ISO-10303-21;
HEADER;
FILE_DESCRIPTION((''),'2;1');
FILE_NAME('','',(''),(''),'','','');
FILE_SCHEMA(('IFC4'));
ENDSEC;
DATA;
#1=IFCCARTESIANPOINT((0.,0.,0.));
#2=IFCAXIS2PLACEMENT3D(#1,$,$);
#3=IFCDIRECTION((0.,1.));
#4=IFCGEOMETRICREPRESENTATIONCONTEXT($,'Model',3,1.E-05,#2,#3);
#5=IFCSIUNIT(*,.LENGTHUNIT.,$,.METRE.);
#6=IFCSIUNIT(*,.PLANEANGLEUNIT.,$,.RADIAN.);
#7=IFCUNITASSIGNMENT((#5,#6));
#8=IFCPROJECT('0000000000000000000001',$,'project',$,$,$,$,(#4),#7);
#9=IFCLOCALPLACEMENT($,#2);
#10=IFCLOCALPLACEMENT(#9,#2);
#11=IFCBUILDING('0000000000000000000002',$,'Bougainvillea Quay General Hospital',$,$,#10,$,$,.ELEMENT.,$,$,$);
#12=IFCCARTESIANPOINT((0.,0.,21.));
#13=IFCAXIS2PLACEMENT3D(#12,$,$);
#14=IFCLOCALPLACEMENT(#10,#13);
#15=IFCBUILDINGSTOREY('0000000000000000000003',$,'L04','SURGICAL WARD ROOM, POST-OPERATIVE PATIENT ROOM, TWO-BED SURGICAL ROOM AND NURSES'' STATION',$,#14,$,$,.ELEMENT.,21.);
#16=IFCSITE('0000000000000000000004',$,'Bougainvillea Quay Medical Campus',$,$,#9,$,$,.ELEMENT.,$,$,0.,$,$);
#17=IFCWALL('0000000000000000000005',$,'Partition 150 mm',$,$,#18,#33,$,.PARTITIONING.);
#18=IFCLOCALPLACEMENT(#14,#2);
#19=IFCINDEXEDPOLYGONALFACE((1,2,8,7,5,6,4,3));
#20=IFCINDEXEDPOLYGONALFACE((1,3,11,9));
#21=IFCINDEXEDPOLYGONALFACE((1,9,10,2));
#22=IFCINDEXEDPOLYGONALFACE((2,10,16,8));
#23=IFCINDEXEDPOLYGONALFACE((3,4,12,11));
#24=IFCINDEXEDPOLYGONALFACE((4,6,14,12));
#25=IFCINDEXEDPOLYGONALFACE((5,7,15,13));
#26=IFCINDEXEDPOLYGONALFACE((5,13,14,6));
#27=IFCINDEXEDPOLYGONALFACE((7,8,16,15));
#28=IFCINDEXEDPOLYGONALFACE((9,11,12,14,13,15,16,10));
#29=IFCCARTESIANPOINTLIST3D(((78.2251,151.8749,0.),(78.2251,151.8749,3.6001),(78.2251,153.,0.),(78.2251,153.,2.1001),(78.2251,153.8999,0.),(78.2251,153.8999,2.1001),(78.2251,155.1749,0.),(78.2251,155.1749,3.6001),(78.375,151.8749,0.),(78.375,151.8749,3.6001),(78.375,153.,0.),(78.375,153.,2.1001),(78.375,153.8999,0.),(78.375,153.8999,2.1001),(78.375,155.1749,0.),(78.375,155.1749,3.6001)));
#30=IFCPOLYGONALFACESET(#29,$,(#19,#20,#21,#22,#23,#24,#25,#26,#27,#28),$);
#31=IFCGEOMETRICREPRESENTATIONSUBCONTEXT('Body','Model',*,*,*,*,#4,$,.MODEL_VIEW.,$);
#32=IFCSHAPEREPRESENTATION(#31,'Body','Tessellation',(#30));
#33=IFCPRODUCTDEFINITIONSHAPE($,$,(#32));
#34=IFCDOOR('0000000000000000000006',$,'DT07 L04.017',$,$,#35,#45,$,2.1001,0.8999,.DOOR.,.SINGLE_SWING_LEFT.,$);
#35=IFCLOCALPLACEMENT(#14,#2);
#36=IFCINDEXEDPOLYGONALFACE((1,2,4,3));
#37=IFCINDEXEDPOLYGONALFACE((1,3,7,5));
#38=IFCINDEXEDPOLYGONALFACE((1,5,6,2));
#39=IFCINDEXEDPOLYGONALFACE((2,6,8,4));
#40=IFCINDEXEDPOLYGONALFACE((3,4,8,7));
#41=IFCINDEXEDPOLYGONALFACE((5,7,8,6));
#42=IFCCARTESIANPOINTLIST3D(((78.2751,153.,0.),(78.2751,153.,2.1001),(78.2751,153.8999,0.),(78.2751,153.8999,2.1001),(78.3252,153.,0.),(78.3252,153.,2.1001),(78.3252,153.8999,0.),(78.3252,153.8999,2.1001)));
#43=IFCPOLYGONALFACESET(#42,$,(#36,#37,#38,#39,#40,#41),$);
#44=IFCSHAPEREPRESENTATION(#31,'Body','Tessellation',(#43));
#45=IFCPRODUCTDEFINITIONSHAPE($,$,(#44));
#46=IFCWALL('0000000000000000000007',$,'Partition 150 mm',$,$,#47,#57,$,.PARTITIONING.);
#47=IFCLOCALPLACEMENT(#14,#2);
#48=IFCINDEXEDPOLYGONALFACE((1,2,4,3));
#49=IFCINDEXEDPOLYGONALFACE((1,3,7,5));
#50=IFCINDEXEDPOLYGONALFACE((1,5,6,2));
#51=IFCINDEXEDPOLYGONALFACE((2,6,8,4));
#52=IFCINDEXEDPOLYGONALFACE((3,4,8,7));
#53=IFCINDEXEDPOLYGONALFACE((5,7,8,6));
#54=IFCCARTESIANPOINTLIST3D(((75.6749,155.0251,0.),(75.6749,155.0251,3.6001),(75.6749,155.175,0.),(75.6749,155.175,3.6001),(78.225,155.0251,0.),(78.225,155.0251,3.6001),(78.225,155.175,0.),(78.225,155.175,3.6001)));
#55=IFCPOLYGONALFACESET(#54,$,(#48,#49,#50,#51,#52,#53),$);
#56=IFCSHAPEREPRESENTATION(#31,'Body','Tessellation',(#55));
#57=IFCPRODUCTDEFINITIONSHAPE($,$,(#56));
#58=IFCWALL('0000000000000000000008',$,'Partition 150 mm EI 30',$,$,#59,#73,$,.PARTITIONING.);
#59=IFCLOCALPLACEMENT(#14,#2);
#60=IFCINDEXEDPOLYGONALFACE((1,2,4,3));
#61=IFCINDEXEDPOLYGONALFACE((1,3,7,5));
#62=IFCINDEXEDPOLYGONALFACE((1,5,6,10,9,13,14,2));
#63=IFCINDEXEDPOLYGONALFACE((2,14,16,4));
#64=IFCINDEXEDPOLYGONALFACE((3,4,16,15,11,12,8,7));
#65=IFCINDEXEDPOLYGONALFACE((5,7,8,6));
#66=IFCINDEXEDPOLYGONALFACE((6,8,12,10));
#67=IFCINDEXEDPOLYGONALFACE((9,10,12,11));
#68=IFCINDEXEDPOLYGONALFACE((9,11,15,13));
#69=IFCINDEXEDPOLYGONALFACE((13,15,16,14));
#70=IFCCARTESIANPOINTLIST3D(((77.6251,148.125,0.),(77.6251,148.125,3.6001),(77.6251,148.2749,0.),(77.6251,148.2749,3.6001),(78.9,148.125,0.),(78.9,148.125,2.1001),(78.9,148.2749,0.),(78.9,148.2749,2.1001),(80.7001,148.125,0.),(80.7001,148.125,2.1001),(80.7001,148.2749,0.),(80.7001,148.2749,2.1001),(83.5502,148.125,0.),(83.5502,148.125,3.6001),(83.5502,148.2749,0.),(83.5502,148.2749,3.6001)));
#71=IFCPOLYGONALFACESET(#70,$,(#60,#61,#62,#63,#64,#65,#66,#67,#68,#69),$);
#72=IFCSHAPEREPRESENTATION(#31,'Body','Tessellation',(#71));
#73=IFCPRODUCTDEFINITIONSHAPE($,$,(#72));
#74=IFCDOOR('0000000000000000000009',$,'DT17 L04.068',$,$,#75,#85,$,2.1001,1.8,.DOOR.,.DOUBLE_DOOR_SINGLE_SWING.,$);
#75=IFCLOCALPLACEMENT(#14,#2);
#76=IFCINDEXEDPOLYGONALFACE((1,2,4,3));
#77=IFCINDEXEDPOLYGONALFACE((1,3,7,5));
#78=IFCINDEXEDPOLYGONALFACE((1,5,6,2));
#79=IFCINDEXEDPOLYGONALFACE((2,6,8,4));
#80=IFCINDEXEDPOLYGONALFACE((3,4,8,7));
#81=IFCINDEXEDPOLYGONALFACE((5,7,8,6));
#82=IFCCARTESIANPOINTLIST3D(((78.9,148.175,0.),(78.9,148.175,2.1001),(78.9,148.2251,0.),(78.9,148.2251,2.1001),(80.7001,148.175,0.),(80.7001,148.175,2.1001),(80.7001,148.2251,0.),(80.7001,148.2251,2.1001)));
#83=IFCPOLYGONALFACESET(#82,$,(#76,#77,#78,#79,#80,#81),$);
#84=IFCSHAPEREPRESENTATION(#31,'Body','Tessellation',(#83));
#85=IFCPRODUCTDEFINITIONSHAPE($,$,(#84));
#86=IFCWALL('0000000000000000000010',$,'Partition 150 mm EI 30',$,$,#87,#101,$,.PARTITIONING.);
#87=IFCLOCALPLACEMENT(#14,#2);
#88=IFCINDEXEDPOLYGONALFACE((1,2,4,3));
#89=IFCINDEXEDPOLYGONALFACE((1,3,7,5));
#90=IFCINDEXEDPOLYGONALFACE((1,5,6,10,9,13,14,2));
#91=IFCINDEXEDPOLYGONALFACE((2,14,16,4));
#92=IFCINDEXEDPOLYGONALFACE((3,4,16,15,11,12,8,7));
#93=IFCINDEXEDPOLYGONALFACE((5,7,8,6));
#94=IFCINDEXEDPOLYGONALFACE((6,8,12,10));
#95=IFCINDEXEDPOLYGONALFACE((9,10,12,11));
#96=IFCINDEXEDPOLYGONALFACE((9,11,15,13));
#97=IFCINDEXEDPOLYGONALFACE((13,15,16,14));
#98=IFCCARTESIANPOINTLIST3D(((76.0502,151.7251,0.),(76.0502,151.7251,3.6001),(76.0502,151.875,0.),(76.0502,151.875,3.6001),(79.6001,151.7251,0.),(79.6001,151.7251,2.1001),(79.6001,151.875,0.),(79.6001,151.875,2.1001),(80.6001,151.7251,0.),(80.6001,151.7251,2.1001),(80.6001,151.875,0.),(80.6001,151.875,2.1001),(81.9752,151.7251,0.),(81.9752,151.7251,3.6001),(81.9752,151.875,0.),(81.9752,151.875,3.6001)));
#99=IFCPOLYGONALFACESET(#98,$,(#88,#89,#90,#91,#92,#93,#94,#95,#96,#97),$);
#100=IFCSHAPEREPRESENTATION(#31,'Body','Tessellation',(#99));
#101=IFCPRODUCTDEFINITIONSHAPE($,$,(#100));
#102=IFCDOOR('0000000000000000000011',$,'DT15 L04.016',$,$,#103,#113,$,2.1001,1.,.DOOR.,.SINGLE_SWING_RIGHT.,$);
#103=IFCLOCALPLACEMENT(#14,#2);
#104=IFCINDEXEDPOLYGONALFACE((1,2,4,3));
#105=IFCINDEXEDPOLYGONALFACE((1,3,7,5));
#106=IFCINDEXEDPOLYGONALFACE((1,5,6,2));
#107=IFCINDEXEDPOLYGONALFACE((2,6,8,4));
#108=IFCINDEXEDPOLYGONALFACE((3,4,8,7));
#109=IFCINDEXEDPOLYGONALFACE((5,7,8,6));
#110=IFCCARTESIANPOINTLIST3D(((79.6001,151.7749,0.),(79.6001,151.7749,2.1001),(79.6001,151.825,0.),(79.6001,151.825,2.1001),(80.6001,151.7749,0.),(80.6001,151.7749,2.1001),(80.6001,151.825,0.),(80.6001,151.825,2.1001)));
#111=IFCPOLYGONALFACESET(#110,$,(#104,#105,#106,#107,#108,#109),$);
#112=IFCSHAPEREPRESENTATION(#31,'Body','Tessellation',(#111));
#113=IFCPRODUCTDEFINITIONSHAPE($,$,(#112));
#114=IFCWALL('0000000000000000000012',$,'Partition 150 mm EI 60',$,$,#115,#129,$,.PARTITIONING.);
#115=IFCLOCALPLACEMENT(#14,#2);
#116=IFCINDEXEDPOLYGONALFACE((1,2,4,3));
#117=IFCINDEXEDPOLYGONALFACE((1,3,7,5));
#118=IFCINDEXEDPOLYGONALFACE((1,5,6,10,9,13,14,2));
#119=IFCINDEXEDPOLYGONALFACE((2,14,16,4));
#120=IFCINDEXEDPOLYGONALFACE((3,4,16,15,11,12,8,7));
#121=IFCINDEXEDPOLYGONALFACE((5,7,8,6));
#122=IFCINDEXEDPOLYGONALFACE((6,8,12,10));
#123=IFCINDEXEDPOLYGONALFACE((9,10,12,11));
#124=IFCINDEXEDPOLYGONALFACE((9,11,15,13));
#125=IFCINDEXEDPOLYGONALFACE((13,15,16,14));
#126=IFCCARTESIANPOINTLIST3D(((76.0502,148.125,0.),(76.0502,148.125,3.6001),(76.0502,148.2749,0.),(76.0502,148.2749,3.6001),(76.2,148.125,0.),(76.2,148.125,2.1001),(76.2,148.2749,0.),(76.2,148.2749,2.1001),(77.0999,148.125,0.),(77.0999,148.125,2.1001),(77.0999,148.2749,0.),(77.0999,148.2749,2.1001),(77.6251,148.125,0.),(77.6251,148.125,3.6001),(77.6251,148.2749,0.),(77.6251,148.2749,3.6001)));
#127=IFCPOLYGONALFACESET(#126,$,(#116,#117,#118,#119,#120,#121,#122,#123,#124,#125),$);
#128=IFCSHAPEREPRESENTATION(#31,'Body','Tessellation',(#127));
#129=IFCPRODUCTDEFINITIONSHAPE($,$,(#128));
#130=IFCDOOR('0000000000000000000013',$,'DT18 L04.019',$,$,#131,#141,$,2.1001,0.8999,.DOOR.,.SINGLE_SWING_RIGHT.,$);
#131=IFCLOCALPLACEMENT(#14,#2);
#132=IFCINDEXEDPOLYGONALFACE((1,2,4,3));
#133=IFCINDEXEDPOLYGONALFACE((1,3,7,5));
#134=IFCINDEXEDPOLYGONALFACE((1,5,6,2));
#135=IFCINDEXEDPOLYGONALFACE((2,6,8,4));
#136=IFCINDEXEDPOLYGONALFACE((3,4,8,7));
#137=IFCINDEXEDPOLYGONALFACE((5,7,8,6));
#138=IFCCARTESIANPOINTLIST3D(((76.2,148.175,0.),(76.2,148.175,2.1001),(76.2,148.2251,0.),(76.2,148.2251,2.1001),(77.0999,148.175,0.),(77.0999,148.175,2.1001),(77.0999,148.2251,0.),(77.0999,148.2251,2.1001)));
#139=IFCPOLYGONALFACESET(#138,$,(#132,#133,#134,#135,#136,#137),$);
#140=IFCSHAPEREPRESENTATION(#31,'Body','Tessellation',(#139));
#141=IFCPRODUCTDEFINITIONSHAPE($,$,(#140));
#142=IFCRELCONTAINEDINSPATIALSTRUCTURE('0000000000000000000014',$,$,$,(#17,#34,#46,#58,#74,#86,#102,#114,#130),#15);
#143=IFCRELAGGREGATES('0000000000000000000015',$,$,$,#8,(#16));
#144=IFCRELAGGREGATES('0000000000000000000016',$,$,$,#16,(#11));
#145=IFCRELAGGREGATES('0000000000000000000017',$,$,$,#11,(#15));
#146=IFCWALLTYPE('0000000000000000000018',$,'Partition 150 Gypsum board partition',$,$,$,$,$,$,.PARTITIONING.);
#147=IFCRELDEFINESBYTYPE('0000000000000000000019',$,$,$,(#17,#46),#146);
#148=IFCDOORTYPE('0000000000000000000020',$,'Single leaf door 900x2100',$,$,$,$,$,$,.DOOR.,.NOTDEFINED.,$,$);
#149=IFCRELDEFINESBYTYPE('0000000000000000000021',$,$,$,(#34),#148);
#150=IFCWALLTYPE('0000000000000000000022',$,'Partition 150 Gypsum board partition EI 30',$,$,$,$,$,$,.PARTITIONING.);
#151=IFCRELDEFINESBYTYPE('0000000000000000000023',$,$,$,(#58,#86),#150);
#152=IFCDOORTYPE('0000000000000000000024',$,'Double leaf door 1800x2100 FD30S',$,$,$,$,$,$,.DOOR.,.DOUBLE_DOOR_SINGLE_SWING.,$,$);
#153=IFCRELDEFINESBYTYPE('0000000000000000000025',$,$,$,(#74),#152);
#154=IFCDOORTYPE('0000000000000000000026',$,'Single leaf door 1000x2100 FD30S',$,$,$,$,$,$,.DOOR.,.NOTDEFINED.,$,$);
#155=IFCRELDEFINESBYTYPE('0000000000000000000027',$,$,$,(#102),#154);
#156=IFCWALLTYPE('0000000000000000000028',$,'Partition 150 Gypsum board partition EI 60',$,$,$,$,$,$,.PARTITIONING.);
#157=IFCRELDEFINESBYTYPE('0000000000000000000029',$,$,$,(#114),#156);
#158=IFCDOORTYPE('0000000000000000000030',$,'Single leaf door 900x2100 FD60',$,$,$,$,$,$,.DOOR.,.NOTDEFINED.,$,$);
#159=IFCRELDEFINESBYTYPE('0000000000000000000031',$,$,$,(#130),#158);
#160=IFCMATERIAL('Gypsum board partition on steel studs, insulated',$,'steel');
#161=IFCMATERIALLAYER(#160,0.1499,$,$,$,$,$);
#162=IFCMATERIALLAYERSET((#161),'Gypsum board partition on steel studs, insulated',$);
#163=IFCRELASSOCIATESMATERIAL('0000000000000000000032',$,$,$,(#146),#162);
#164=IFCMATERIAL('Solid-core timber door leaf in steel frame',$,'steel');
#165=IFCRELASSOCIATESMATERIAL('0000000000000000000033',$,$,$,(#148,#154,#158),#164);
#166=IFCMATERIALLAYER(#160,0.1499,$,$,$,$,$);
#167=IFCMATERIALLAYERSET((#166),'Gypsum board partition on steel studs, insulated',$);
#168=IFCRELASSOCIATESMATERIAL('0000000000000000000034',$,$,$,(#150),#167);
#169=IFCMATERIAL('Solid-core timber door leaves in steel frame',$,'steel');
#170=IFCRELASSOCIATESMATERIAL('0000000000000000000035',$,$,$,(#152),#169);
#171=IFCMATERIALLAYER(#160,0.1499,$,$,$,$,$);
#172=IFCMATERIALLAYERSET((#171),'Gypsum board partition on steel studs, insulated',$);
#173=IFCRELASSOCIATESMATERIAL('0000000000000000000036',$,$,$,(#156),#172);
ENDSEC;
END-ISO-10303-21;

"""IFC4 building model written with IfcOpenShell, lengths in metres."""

from ifc_helpers import new_model, si_unit, direction, frame, frame_2d, origin, place, context, subcontext, project, spatial, rectangle, extrude, material, layer, layer_set, type_object, element, fill, save


model = new_model("IFC4")

# Units and contexts
model_context = context("Model", 3, precision=1e-05, world=origin(), true_north=direction((0.0, 1.0)))
body_context = subcontext(model_context, "Body", "Model", "MODEL_VIEW")
ifc_project = project(units=[si_unit("LENGTHUNIT", "METRE"), si_unit("PLANEANGLEUNIT", "RADIAN")], contexts=[model_context])

# Site, building, storey
site_placement = place(None, origin())
site = spatial("IfcSite", under=ifc_project, at=site_placement, Name="Bougainvillea Quay Medical Campus", CompositionType="ELEMENT", RefElevation=0.0)
building_placement = place(site_placement, origin())
building = spatial("IfcBuilding", under=site, at=building_placement, Name="Bougainvillea Quay General Hospital", CompositionType="ELEMENT")
storey_placement = place(building_placement, frame((0.0, 0.0, 21.0)))
storey = spatial("IfcBuildingStorey", under=building, at=storey_placement, Name="L04", Description="SURGICAL WARD ROOM, POST-OPERATIVE PATIENT ROOM, TWO-BED SURGICAL ROOM AND NURSES' STATION", CompositionType="ELEMENT", Elevation=21.0)

# Shared definitions
ifc_material_1 = material(Name="Gypsum board partition on steel studs, insulated", Category="steel")
ifc_layer_1 = layer(ifc_material_1, 0.1499)
ifc_layer_set_1 = layer_set([ifc_layer_1], Name="Gypsum board partition on steel studs, insulated")
wall_type_1 = type_object("IfcWallType", Name="Partition 150 Gypsum board partition", PredefinedType="PARTITIONING", material=ifc_layer_set_1)

# Wall, opening, door
wall_1_placement = place(storey_placement, frame((78.3, 151.875, 0.0), z_axis=(0.0, 0.0, 1.0), x_axis=(0.0, 1.0, 0.0)))
wall_1 = element("IfcWall", 1, at=wall_1_placement, inside=storey, type_object=wall_type_1, Name="Partition 150 mm", PredefinedType="PARTITIONING", context=body_context, shape_type="SweptSolid", body=[
    extrude(rectangle(XDim=3.3, YDim=0.1499, at=frame_2d((1.6499, 0.0))), origin(), (0.0, 0.0, 1.0), 3.6001),
])
opening_1_placement = place(wall_1_placement, frame((1.125, 0.0, 0.0)))
opening_1 = element("IfcOpeningElement", 2, at=opening_1_placement, cuts=wall_1, PredefinedType="OPENING", context=body_context, shape_type="SweptSolid", body=[
    extrude(rectangle(XDim=0.8999, YDim=2.1001, at=frame_2d((0.45, 1.05))), frame((0.0, 0.085, 0.0), z_axis=(0.0, -1.0, 0.0), x_axis=(1.0, 0.0, 0.0)), (0.0, 0.0, 1.0), 0.1699),
])
ifc_material_2 = material(Name="Solid-core timber door leaf in steel frame", Category="steel")
door_type_1 = type_object("IfcDoorType", Name="Single leaf door 900x2100", OperationType="NOTDEFINED", PredefinedType="DOOR", material=ifc_material_2)
door_1_placement = place(opening_1_placement, origin())
door_1 = element("IfcDoor", 3, at=door_1_placement, inside=storey, type_object=door_type_1, Name="DT07 L04.017", OperationType="SINGLE_SWING_LEFT", OverallHeight=2.1001, OverallWidth=0.8999, PredefinedType="DOOR", context=body_context, shape_type="SweptSolid", body=[
    extrude(rectangle(XDim=0.8999, YDim=2.1001, at=frame_2d((0.45, 1.05))), frame((0.0, 0.0249, 0.0), z_axis=(0.0, -1.0, 0.0), x_axis=(1.0, 0.0, 0.0)), (0.0, 0.0, 1.0), 0.05),
])
fill(opening_1, door_1)

# Wall
wall_2_placement = place(storey_placement, frame((75.675, 155.1001, 0.0), z_axis=(0.0, 0.0, 1.0), x_axis=(1.0, 0.0, 0.0)))
element("IfcWall", 4, at=wall_2_placement, inside=storey, type_object=wall_type_1, Name="Partition 150 mm", PredefinedType="PARTITIONING", context=body_context, shape_type="SweptSolid", body=[
    extrude(rectangle(XDim=2.55, YDim=0.1499, at=frame_2d((1.2749, 0.0))), origin(), (0.0, 0.0, 1.0), 3.6001),
])

# Walls, openings, doors
ifc_layer_2 = layer(ifc_material_1, 0.1499)
ifc_layer_set_2 = layer_set([ifc_layer_2], Name="Gypsum board partition on steel studs, insulated")
wall_type_2 = type_object("IfcWallType", Name="Partition 150 Gypsum board partition EI 30", PredefinedType="PARTITIONING", material=ifc_layer_set_2)
wall_3_placement = place(storey_placement, frame((83.55, 148.2, 0.0), z_axis=(0.0, 0.0, 1.0), x_axis=(-1.0, 0.0, 0.0)))
wall_3 = element("IfcWall", 5, at=wall_3_placement, inside=storey, type_object=wall_type_2, Name="Partition 150 mm EI 30", PredefinedType="PARTITIONING", context=body_context, shape_type="SweptSolid", body=[
    extrude(rectangle(XDim=5.925, YDim=0.1499, at=frame_2d((2.9624, 0.0))), origin(), (0.0, 0.0, 1.0), 3.6001),
])
opening_2_placement = place(wall_3_placement, frame((2.8501, 0.0, 0.0)))
opening_2 = element("IfcOpeningElement", 6, at=opening_2_placement, cuts=wall_3, PredefinedType="OPENING", context=body_context, shape_type="SweptSolid", body=[
    extrude(rectangle(XDim=1.8, YDim=2.1001, at=frame_2d((0.8999, 1.05))), frame((0.0, 0.085, 0.0), z_axis=(0.0, -1.0, 0.0), x_axis=(1.0, 0.0, 0.0)), (0.0, 0.0, 1.0), 0.1699),
])
ifc_material_3 = material(Name="Solid-core timber door leaves in steel frame", Category="steel")
door_type_2 = type_object("IfcDoorType", Name="Double leaf door 1800x2100 FD30S", OperationType="DOUBLE_DOOR_SINGLE_SWING", PredefinedType="DOOR", material=ifc_material_3)
door_2_placement = place(opening_2_placement, origin())
door_2 = element("IfcDoor", 7, at=door_2_placement, inside=storey, type_object=door_type_2, Name="DT17 L04.068", OperationType="DOUBLE_DOOR_SINGLE_SWING", OverallHeight=2.1001, OverallWidth=1.8, PredefinedType="DOOR", context=body_context, shape_type="SweptSolid", body=[
    extrude(rectangle(XDim=1.8, YDim=2.1001, at=frame_2d((0.8999, 1.05))), frame((0.0, 0.0249, 0.0), z_axis=(0.0, -1.0, 0.0), x_axis=(1.0, 0.0, 0.0)), (0.0, 0.0, 1.0), 0.05),
])
fill(opening_2, door_2)
wall_4_placement = place(storey_placement, frame((81.9751, 151.8, 0.0), z_axis=(0.0, 0.0, 1.0), x_axis=(-1.0, 0.0, 0.0)))
wall_4 = element("IfcWall", 8, at=wall_4_placement, inside=storey, type_object=wall_type_2, Name="Partition 150 mm EI 30", PredefinedType="PARTITIONING", context=body_context, shape_type="SweptSolid", body=[
    extrude(rectangle(XDim=5.925, YDim=0.1499, at=frame_2d((2.9624, 0.0))), origin(), (0.0, 0.0, 1.0), 3.6001),
])
opening_3_placement = place(wall_4_placement, frame((1.375, 0.0, 0.0)))
opening_3 = element("IfcOpeningElement", 9, at=opening_3_placement, cuts=wall_4, PredefinedType="OPENING", context=body_context, shape_type="SweptSolid", body=[
    extrude(rectangle(XDim=1.0, YDim=2.1001, at=frame_2d((0.5, 1.05))), frame((0.0, 0.085, 0.0), z_axis=(0.0, -1.0, 0.0), x_axis=(1.0, 0.0, 0.0)), (0.0, 0.0, 1.0), 0.1699),
])
door_type_3 = type_object("IfcDoorType", Name="Single leaf door 1000x2100 FD30S", OperationType="NOTDEFINED", PredefinedType="DOOR", material=ifc_material_2)
door_3_placement = place(opening_3_placement, frame((1.0, 0.0, 0.0), z_axis=(0.0, 0.0, 1.0), x_axis=(-1.0, 0.0, 0.0)))
door_3 = element("IfcDoor", 10, at=door_3_placement, inside=storey, type_object=door_type_3, Name="DT15 L04.016", OperationType="SINGLE_SWING_RIGHT", OverallHeight=2.1001, OverallWidth=1.0, PredefinedType="DOOR", context=body_context, shape_type="SweptSolid", body=[
    extrude(rectangle(XDim=1.0, YDim=2.1001, at=frame_2d((0.5, 1.05))), frame((0.0, 0.0249, 0.0), z_axis=(0.0, -1.0, 0.0), x_axis=(1.0, 0.0, 0.0)), (0.0, 0.0, 1.0), 0.05),
])
fill(opening_3, door_3)
ifc_layer_3 = layer(ifc_material_1, 0.1499)
ifc_layer_set_3 = layer_set([ifc_layer_3], Name="Gypsum board partition on steel studs, insulated")
wall_type_3 = type_object("IfcWallType", Name="Partition 150 Gypsum board partition EI 60", PredefinedType="PARTITIONING", material=ifc_layer_set_3)
wall_5_placement = place(storey_placement, frame((76.05, 148.2, 0.0), z_axis=(0.0, 0.0, 1.0), x_axis=(1.0, 0.0, 0.0)))
wall_5 = element("IfcWall", 11, at=wall_5_placement, inside=storey, type_object=wall_type_3, Name="Partition 150 mm EI 60", PredefinedType="PARTITIONING", context=body_context, shape_type="SweptSolid", body=[
    extrude(rectangle(XDim=1.575, YDim=0.1499, at=frame_2d((0.7876, 0.0))), origin(), (0.0, 0.0, 1.0), 3.6001),
])
opening_4_placement = place(wall_5_placement, frame((0.1499, 0.0, 0.0)))
opening_4 = element("IfcOpeningElement", 12, at=opening_4_placement, cuts=wall_5, PredefinedType="OPENING", context=body_context, shape_type="SweptSolid", body=[
    extrude(rectangle(XDim=0.8999, YDim=2.1001, at=frame_2d((0.45, 1.05))), frame((0.0, 0.085, 0.0), z_axis=(0.0, -1.0, 0.0), x_axis=(1.0, 0.0, 0.0)), (0.0, 0.0, 1.0), 0.1699),
])
door_type_4 = type_object("IfcDoorType", Name="Single leaf door 900x2100 FD60", OperationType="NOTDEFINED", PredefinedType="DOOR", material=ifc_material_2)
door_4_placement = place(opening_4_placement, frame((0.8999, 0.0, 0.0), z_axis=(0.0, 0.0, 1.0), x_axis=(-1.0, 0.0, 0.0)))
door_4 = element("IfcDoor", 13, at=door_4_placement, inside=storey, type_object=door_type_4, Name="DT18 L04.019", OperationType="SINGLE_SWING_RIGHT", OverallHeight=2.1001, OverallWidth=0.8999, PredefinedType="DOOR", context=body_context, shape_type="SweptSolid", body=[
    extrude(rectangle(XDim=0.8999, YDim=2.1001, at=frame_2d((0.45, 1.05))), frame((0.0, 0.0249, 0.0), z_axis=(0.0, -1.0, 0.0), x_axis=(1.0, 0.0, 0.0)), (0.0, 0.0, 1.0), 0.05),
])
fill(opening_4, door_4)

save(model, "model.ifc")
